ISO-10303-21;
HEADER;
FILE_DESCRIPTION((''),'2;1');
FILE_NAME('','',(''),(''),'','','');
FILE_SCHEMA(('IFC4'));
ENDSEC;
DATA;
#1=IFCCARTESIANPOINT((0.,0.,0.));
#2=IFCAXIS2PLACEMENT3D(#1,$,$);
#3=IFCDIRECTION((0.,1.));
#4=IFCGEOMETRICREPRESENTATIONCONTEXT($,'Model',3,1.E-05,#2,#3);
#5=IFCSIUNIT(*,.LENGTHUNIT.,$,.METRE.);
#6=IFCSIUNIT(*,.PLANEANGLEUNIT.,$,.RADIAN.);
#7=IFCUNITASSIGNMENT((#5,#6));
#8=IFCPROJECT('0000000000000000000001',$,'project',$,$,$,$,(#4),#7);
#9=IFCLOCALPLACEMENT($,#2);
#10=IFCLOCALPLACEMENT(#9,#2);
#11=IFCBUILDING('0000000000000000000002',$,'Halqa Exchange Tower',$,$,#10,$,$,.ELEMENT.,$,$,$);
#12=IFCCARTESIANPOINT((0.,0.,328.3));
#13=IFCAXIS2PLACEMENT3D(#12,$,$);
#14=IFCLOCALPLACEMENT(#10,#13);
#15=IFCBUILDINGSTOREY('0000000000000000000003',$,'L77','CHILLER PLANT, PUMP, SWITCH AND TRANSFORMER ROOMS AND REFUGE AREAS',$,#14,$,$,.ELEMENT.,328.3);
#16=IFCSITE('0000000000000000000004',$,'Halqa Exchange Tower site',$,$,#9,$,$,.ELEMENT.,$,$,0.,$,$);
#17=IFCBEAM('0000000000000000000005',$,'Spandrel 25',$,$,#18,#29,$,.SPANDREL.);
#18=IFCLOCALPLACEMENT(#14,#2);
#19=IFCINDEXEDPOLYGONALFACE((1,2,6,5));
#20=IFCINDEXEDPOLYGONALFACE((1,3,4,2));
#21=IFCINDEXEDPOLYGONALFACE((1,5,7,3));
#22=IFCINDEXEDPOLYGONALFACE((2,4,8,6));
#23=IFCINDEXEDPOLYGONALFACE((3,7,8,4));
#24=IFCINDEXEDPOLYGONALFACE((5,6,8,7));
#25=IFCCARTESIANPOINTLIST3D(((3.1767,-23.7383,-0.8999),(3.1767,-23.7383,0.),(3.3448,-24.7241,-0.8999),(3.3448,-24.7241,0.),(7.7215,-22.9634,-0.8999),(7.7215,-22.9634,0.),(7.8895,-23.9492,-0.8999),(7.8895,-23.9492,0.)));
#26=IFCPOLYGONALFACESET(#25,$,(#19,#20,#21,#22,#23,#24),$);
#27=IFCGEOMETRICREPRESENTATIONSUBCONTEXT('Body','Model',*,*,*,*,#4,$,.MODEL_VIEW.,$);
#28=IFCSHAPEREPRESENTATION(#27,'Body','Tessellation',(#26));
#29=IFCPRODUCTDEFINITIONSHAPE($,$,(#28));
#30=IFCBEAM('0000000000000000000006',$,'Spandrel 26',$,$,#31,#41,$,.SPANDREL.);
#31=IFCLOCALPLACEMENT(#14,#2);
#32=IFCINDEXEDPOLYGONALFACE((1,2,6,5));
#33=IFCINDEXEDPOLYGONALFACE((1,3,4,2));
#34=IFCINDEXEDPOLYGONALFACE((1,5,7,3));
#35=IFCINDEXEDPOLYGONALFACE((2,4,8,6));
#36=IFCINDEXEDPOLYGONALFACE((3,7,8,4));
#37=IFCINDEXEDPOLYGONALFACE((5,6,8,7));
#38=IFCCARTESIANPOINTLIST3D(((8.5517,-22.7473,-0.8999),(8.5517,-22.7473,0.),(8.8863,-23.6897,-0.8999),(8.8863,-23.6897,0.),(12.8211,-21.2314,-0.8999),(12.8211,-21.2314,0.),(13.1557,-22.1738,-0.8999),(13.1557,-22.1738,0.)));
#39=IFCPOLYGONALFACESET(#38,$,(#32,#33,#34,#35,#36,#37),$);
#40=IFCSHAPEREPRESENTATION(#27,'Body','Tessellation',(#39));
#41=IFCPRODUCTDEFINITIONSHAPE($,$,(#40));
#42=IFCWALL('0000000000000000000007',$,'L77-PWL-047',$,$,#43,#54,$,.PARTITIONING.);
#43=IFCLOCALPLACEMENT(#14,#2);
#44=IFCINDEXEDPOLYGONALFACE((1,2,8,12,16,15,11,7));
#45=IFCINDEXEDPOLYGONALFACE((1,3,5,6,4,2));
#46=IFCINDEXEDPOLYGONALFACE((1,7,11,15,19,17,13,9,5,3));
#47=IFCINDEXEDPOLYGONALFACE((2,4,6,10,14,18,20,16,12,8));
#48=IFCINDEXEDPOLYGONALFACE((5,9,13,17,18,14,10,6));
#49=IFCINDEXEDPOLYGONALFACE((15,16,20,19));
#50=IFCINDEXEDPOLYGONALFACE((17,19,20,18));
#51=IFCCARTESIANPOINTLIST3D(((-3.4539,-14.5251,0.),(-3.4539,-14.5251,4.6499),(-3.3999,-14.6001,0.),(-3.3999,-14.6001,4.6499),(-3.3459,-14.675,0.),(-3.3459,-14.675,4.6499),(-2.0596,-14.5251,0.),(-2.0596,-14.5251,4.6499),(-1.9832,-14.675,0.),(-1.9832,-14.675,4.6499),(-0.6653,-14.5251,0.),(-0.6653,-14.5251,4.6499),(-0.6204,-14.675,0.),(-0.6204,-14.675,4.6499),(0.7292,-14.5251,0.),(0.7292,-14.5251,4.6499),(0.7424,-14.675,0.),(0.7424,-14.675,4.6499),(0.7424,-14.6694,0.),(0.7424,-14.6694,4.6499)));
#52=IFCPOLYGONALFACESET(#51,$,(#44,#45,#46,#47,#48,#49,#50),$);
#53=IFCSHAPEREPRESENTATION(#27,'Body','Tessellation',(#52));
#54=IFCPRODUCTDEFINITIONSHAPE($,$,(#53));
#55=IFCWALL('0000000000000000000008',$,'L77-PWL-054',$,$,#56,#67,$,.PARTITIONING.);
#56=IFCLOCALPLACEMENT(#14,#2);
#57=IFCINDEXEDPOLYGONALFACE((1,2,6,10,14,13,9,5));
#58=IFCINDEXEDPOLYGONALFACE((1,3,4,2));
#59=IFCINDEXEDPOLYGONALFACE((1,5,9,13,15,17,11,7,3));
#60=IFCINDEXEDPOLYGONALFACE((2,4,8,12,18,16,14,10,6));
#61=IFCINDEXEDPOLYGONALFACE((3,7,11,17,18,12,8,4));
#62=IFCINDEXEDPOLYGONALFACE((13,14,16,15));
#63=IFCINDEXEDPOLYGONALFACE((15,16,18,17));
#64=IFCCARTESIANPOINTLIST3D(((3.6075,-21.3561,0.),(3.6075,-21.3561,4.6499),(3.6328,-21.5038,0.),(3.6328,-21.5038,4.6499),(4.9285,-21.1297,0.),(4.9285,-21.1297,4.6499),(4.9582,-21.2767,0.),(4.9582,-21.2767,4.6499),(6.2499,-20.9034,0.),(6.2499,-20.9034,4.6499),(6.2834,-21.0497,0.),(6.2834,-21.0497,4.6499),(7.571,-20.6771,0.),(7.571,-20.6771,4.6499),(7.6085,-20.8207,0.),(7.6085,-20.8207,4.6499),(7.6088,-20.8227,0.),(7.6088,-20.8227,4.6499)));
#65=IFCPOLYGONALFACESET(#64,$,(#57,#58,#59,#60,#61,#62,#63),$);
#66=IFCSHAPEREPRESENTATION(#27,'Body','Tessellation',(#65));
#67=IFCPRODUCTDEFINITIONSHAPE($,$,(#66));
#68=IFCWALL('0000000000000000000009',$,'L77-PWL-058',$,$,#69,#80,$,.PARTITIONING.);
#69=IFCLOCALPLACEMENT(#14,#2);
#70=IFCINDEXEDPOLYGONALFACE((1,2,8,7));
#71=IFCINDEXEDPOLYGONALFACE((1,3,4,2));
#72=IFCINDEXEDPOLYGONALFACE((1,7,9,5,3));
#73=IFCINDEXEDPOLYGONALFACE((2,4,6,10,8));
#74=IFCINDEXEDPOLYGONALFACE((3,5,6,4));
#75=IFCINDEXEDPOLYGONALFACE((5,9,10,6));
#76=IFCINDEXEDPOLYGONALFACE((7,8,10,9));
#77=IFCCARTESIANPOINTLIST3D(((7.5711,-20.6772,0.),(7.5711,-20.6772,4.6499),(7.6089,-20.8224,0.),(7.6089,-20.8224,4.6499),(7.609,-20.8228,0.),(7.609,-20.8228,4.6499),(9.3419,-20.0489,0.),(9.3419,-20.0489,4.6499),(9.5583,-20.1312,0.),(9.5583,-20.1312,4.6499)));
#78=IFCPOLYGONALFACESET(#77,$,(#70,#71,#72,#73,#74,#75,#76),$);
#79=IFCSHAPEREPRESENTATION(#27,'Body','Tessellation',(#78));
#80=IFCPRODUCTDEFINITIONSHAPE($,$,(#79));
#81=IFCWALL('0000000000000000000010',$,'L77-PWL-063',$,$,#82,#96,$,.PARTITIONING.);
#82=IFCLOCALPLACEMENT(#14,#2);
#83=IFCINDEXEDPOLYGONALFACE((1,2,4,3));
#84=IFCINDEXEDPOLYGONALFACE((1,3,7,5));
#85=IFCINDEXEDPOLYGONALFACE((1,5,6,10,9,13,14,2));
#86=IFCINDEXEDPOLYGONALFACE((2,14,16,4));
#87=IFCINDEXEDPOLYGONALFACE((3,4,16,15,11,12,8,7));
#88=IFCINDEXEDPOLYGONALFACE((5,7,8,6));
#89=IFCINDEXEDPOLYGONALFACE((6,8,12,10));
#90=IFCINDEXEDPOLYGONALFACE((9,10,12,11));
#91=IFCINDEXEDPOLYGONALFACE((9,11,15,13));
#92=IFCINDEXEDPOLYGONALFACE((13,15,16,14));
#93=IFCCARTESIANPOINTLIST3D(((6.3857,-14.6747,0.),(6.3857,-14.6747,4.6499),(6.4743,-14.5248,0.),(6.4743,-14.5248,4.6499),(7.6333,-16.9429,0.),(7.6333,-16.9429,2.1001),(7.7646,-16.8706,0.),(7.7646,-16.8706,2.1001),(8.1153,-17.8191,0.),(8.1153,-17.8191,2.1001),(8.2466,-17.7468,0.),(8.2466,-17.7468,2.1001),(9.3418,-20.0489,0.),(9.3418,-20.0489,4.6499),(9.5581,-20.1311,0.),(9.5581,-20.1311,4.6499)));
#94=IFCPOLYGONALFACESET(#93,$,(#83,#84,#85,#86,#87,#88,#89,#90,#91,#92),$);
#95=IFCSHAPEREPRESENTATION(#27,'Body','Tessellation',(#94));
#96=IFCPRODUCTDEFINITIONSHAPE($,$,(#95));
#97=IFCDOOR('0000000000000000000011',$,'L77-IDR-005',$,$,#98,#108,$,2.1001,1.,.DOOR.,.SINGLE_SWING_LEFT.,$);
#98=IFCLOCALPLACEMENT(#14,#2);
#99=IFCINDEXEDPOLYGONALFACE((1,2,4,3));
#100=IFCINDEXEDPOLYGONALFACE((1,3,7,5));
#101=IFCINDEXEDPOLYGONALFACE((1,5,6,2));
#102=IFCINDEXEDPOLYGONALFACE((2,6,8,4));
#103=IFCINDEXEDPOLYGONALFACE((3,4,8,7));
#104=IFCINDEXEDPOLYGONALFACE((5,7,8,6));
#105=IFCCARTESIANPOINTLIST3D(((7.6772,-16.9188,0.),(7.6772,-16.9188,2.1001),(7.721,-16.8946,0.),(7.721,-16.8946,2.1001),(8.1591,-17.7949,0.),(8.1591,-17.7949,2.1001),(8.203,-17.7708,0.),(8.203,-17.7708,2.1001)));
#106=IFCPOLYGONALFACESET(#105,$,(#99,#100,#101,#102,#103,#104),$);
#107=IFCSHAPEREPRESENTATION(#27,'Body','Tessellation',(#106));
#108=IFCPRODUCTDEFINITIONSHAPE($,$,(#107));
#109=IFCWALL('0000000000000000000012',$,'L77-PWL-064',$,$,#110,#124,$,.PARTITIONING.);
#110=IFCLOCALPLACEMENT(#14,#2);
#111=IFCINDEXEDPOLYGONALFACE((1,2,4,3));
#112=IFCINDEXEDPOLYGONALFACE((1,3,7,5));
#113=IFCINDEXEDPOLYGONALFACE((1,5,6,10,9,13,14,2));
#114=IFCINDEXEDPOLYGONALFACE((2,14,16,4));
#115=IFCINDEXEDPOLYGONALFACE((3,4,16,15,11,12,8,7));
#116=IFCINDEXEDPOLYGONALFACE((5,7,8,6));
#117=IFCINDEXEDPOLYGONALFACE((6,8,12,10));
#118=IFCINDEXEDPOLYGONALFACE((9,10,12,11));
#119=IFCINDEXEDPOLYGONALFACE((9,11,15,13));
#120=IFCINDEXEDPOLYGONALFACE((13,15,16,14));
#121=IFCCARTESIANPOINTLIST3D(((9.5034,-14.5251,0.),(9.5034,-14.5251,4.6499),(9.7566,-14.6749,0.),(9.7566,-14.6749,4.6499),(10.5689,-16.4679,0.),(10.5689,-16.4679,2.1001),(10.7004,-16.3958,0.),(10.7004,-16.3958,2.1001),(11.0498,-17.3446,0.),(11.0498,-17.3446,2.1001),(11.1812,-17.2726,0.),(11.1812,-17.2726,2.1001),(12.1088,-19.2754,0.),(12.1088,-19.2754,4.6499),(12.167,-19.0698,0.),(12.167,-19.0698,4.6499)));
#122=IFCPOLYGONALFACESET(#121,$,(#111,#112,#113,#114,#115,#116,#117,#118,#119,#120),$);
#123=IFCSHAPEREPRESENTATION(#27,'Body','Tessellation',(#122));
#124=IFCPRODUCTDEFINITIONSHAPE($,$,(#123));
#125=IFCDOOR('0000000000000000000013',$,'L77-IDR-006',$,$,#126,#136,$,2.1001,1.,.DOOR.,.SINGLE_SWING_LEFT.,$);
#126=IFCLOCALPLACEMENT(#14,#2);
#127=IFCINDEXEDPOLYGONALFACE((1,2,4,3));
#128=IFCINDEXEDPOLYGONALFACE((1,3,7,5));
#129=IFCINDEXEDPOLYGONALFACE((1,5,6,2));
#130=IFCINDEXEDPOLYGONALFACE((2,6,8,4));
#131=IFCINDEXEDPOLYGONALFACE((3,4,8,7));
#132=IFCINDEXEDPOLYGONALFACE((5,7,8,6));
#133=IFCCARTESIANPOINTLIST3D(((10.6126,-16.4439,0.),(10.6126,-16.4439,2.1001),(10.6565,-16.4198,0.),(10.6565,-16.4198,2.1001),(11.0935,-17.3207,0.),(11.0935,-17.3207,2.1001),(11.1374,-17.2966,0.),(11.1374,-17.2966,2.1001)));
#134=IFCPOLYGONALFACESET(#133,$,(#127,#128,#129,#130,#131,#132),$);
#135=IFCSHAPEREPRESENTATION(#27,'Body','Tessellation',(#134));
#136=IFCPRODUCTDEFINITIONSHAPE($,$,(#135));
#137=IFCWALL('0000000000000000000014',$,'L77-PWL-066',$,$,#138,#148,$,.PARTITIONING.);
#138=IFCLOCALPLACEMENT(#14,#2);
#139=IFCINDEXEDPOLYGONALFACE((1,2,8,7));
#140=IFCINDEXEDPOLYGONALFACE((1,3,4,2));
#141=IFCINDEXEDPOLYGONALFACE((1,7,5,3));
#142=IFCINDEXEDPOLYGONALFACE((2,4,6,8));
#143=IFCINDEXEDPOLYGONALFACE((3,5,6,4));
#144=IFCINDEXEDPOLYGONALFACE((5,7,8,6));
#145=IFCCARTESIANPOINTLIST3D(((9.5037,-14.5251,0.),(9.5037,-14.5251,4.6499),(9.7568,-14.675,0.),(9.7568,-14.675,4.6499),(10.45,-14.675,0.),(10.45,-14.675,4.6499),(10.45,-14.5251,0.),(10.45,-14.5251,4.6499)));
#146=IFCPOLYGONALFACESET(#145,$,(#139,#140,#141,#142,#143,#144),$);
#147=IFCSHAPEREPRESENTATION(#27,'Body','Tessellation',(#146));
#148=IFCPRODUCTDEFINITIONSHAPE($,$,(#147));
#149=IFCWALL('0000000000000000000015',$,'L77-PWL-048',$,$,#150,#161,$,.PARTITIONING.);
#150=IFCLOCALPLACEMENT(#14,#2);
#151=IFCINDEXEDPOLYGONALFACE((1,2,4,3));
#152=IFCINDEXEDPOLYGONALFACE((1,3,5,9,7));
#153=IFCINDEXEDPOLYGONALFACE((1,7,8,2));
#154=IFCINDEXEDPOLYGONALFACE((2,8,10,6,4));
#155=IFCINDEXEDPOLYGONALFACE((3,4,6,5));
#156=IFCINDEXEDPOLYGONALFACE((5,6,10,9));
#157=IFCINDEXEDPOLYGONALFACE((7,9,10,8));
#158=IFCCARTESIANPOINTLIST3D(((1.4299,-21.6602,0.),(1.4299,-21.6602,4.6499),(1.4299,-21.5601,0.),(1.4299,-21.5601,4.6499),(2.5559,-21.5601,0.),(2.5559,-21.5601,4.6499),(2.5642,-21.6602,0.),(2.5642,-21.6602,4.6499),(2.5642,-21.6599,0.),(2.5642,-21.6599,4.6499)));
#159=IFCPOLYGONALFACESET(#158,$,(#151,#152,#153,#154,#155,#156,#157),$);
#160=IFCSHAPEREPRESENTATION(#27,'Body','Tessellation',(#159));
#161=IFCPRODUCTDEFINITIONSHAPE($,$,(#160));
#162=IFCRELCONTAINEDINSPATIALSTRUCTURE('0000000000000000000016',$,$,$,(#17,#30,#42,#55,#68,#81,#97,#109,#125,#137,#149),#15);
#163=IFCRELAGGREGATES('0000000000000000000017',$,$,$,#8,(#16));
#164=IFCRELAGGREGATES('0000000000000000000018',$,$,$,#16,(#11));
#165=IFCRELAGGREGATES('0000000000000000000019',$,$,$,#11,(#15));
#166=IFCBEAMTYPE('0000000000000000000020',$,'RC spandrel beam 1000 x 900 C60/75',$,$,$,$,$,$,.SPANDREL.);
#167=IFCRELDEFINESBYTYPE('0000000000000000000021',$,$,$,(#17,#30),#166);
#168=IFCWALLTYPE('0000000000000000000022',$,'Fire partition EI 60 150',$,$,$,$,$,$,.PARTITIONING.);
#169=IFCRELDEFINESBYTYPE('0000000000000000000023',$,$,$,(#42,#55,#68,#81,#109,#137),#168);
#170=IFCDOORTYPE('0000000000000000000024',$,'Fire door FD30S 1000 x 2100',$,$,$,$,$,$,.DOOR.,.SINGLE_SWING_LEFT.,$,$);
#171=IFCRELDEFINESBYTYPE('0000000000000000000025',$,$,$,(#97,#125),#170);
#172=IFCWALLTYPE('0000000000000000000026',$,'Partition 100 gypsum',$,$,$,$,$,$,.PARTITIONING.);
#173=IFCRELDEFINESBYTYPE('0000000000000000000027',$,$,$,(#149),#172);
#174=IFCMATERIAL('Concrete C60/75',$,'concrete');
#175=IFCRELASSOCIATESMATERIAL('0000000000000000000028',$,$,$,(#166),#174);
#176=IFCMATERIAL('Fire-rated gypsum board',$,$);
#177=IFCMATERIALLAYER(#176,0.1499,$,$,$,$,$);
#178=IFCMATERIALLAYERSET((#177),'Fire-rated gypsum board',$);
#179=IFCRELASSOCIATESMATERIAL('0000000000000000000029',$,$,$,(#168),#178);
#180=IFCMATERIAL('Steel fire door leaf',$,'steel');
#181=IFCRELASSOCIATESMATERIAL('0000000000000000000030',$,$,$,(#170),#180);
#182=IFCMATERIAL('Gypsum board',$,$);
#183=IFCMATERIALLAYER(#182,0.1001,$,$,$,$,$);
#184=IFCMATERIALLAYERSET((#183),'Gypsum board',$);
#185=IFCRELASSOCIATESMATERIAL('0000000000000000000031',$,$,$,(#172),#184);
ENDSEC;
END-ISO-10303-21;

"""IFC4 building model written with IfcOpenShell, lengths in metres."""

from ifc_helpers import new_model, si_unit, direction, frame, frame_2d, origin, origin_2d, place, context, subcontext, project, spatial, polyline, rectangle, outline, extrude, material, layer, layer_set, material_profile, profile_set, type_object, element, fill, save


model = new_model("IFC4")

# Units and contexts
model_context = context("Model", 3, precision=1e-05, world=origin(), true_north=direction((0.0, 1.0)))
body_context = subcontext(model_context, "Body", "Model", "MODEL_VIEW")
ifc_project = project(units=[si_unit("LENGTHUNIT", "METRE"), si_unit("PLANEANGLEUNIT", "RADIAN")], contexts=[model_context])

# Site, building, storey
site_placement = place(None, origin())
site = spatial("IfcSite", under=ifc_project, at=site_placement, Name="Halqa Exchange Tower site", CompositionType="ELEMENT", RefElevation=0.0)
building_placement = place(site_placement, origin())
building = spatial("IfcBuilding", under=site, at=building_placement, Name="Halqa Exchange Tower", CompositionType="ELEMENT")
storey_placement = place(building_placement, frame((0.0, 0.0, 328.3)))
storey = spatial("IfcBuildingStorey", under=building, at=storey_placement, Name="L77", Description="CHILLER PLANT, PUMP, SWITCH AND TRANSFORMER ROOMS AND REFUGE AREAS", CompositionType="ELEMENT", Elevation=328.3)

# Beams
ifc_material_1 = material(Name="Concrete C60/75", Category="concrete")
ifc_material_profile_1 = material_profile(ifc_material_1, rectangle(XDim=1.0, YDim=0.8999, at=origin_2d()), Name="1000 x 900")
ifc_profile_set_1 = profile_set([ifc_material_profile_1], Name="Concrete C60/75")
beam_type = type_object("IfcBeamType", Name="RC spandrel beam 1000 x 900 C60/75", PredefinedType="SPANDREL", material=ifc_profile_set_1)
beam_1_placement = place(storey_placement, frame((3.2607, -24.2312, -0.45), z_axis=(0.985773, 0.168082, 0.0), x_axis=(-0.168082, 0.985773, 0.0)))
element("IfcBeam", 1, at=beam_1_placement, inside=storey, type_object=beam_type, Name="Spandrel 25", PredefinedType="SPANDREL", context=body_context, shape_type="SweptSolid", body=[
    extrude(rectangle(XDim=1.0, YDim=0.8999, at=origin_2d()), origin(), (0.0, 0.0, 1.0), 4.6104),
])
beam_2_placement = place(storey_placement, frame((8.719, -23.2185, -0.45), z_axis=(0.942361, 0.334598, 0.0), x_axis=(-0.334598, 0.942361, 0.0)))
element("IfcBeam", 2, at=beam_2_placement, inside=storey, type_object=beam_type, Name="Spandrel 26", PredefinedType="SPANDREL", context=body_context, shape_type="SweptSolid", body=[
    extrude(rectangle(XDim=1.0, YDim=0.8999, at=origin_2d()), origin(), (0.0, 0.0, 1.0), 4.5305),
])

# Walls
ifc_material_2 = material(Name="Fire-rated gypsum board")
ifc_layer_1 = layer(ifc_material_2, 0.1499)
ifc_layer_set_1 = layer_set([ifc_layer_1], Name="Fire-rated gypsum board")
wall_type_1 = type_object("IfcWallType", Name="Fire partition EI 60 150", PredefinedType="PARTITIONING", material=ifc_layer_set_1)
wall_1_placement = place(storey_placement, frame((0.7424, -14.6001, 0.0), z_axis=(0.0, 0.0, 1.0), x_axis=(-1.0, 0.0, 0.0)))
element("IfcWall", 3, at=wall_1_placement, inside=storey, type_object=wall_type_1, Name="L77-PWL-047", PredefinedType="PARTITIONING", context=body_context, shape_type="SweptSolid", body=[
    extrude(outline(polyline([(0.0132, -0.075), (1.4077, -0.075), (2.802, -0.075), (4.1963, -0.075), (4.1423, 0.0), (4.0884, 0.075), (2.7256, 0.075), (1.3628, 0.075), (0.0, 0.075), (0.0, 0.0693), (0.0132, -0.075)])), origin(), (0.0, 0.0, 1.0), 4.6499),
])
wall_2_placement = place(storey_placement, frame((3.6201, -21.4299, 0.0), z_axis=(0.0, 0.0, 1.0), x_axis=(0.985641, 0.168853, 0.0)))
element("IfcWall", 4, at=wall_2_placement, inside=storey, type_object=wall_type_1, Name="L77-PWL-054", PredefinedType="PARTITIONING", context=body_context, shape_type="SweptSolid", body=[
    extrude(outline(polyline([(4.0339, -0.075), (4.0339, -0.073), (4.0212, 0.075), (2.6809, 0.075), (1.3403, 0.075), (0.0, 0.075), (0.0, -0.075), (1.3447, -0.075), (2.6892, -0.075), (4.0339, -0.075)])), origin(), (0.0, 0.0, 1.0), 4.6499),
])
wall_3_placement = place(storey_placement, frame((7.584, -20.7522, 0.0), z_axis=(0.0, 0.0, 1.0), x_axis=(0.942429, 0.334406, 0.0)))
element("IfcWall", 5, at=wall_3_placement, inside=storey, type_object=wall_type_1, Name="L77-PWL-058", PredefinedType="PARTITIONING", context=body_context, shape_type="SweptSolid", body=[
    extrude(outline(polyline([(0.0, -0.075), (2.0684, -0.075), (1.8918, 0.075), (0.0129, 0.075), (0.0, -0.0745), (0.0, -0.075)])), origin(), (0.0, 0.0, 1.0), 4.6499),
])

# Walls, openings, doors
wall_4_placement = place(storey_placement, frame((9.4924, -20.1672, 0.0), z_axis=(0.0, 0.0, 1.0), x_axis=(-0.481958, 0.876194, 0.0)))
wall_4 = element("IfcWall", 6, at=wall_4_placement, inside=storey, type_object=wall_type_1, Name="L77-PWL-063", PredefinedType="PARTITIONING", context=body_context, shape_type="SweptSolid", body=[
    extrude(outline(polyline([(0.0, -0.075), (1.5996, -0.075), (3.1992, -0.075), (4.7988, -0.075), (6.3984, -0.075), (6.3098, 0.075), (4.7764, 0.075), (3.2429, 0.075), (1.7097, 0.075), (0.1763, 0.075), (0.0, -0.075), (0.0, -0.075)])), origin(), (0.0, 0.0, 1.0), 4.6499),
])
opening_1_placement = place(wall_4_placement, frame((2.7212, 0.0, 0.0)))
opening_1 = element("IfcOpeningElement", 7, at=opening_1_placement, cuts=wall_4, PredefinedType="OPENING", context=body_context, shape_type="SweptSolid", body=[
    extrude(rectangle(XDim=1.0, YDim=2.1001, at=frame_2d((0.5, 1.05))), frame((0.0, 0.0869, 0.0), z_axis=(0.0, -1.0, 0.0), x_axis=(1.0, 0.0, 0.0)), (0.0, 0.0, 1.0), 0.1738),
])
ifc_material_3 = material(Name="Steel fire door leaf", Category="steel")
door_type = type_object("IfcDoorType", Name="Fire door FD30S 1000 x 2100", OperationType="SINGLE_SWING_LEFT", PredefinedType="DOOR", material=ifc_material_3)
door_1_placement = place(opening_1_placement, origin())
door_1 = element("IfcDoor", 8, at=door_1_placement, inside=storey, type_object=door_type, Name="L77-IDR-005", OperationType="SINGLE_SWING_LEFT", OverallHeight=2.1001, OverallWidth=1.0, PredefinedType="DOOR", context=body_context, shape_type="SweptSolid", body=[
    extrude(rectangle(XDim=1.0, YDim=2.1001, at=frame_2d((0.5, 1.05))), frame((0.0, 0.0249, 0.0), z_axis=(0.0, -1.0, 0.0), x_axis=(1.0, 0.0, 0.0)), (0.0, 0.0, 1.0), 0.05),
])
fill(opening_1, door_1)
wall_5_placement = place(storey_placement, frame((9.5691, -14.489, 0.0), z_axis=(0.0, 0.0, 1.0), x_axis=(0.480884, -0.876784, 0.0)))
wall_5 = element("IfcWall", 9, at=wall_5_placement, inside=storey, type_object=wall_type_1, Name="L77-PWL-064", PredefinedType="PARTITIONING", context=body_context, shape_type="SweptSolid", body=[
    extrude(outline(polyline([(5.418, -0.075), (5.418, -0.075), (5.2656, 0.075), (3.5947, 0.075), (1.9238, 0.075), (0.2532, 0.075), (0.0, -0.075), (0.0, -0.075), (1.8059, -0.075), (3.6121, -0.075), (5.418, -0.075)])), origin(), (0.0, 0.0, 1.0), 4.6499),
])
opening_2_placement = place(wall_5_placement, frame((2.2158, 0.0, 0.0)))
opening_2 = element("IfcOpeningElement", 10, at=opening_2_placement, cuts=wall_5, PredefinedType="OPENING", context=body_context, shape_type="SweptSolid", body=[
    extrude(rectangle(XDim=1.0, YDim=2.1001, at=frame_2d((0.5, 1.05))), frame((0.0, 0.0869, 0.0), z_axis=(0.0, -1.0, 0.0), x_axis=(1.0, 0.0, 0.0)), (0.0, 0.0, 1.0), 0.1738),
])
door_2_placement = place(opening_2_placement, origin())
door_2 = element("IfcDoor", 11, at=door_2_placement, inside=storey, type_object=door_type, Name="L77-IDR-006", OperationType="SINGLE_SWING_LEFT", OverallHeight=2.1001, OverallWidth=1.0, PredefinedType="DOOR", context=body_context, shape_type="SweptSolid", body=[
    extrude(rectangle(XDim=1.0, YDim=2.1001, at=frame_2d((0.5, 1.05))), frame((0.0, 0.0249, 0.0), z_axis=(0.0, -1.0, 0.0), x_axis=(1.0, 0.0, 0.0)), (0.0, 0.0, 1.0), 0.05),
])
fill(opening_2, door_2)

# Walls
wall_6_placement = place(storey_placement, frame((10.45, -14.6001, 0.0), z_axis=(0.0, 0.0, 1.0), x_axis=(-1.0, 0.0, 0.0)))
element("IfcWall", 12, at=wall_6_placement, inside=storey, type_object=wall_type_1, Name="L77-PWL-066", PredefinedType="PARTITIONING", context=body_context, shape_type="SweptSolid", body=[
    extrude(outline(polyline([(0.0, -0.075), (0.9463, -0.075), (0.6931, 0.075), (0.0, 0.075), (0.0, -0.075)])), origin(), (0.0, 0.0, 1.0), 4.6499),
])
ifc_material_4 = material(Name="Gypsum board")
ifc_layer_2 = layer(ifc_material_4, 0.1001)
ifc_layer_set_2 = layer_set([ifc_layer_2], Name="Gypsum board")
wall_type_2 = type_object("IfcWallType", Name="Partition 100 gypsum", PredefinedType="PARTITIONING", material=ifc_layer_set_2)
wall_7_placement = place(storey_placement, frame((1.4299, -21.6101, 0.0), z_axis=(0.0, 0.0, 1.0), x_axis=(1.0, 0.0, 0.0)))
element("IfcWall", 13, at=wall_7_placement, inside=storey, type_object=wall_type_2, Name="L77-PWL-048", PredefinedType="PARTITIONING", context=body_context, shape_type="SweptSolid", body=[
    extrude(outline(polyline([(1.1343, -0.05), (1.1343, -0.0498), (1.126, 0.05), (0.0, 0.05), (0.0, -0.05), (1.1343, -0.05)])), origin(), (0.0, 0.0, 1.0), 4.6499),
])

save(model, "model.ifc")
